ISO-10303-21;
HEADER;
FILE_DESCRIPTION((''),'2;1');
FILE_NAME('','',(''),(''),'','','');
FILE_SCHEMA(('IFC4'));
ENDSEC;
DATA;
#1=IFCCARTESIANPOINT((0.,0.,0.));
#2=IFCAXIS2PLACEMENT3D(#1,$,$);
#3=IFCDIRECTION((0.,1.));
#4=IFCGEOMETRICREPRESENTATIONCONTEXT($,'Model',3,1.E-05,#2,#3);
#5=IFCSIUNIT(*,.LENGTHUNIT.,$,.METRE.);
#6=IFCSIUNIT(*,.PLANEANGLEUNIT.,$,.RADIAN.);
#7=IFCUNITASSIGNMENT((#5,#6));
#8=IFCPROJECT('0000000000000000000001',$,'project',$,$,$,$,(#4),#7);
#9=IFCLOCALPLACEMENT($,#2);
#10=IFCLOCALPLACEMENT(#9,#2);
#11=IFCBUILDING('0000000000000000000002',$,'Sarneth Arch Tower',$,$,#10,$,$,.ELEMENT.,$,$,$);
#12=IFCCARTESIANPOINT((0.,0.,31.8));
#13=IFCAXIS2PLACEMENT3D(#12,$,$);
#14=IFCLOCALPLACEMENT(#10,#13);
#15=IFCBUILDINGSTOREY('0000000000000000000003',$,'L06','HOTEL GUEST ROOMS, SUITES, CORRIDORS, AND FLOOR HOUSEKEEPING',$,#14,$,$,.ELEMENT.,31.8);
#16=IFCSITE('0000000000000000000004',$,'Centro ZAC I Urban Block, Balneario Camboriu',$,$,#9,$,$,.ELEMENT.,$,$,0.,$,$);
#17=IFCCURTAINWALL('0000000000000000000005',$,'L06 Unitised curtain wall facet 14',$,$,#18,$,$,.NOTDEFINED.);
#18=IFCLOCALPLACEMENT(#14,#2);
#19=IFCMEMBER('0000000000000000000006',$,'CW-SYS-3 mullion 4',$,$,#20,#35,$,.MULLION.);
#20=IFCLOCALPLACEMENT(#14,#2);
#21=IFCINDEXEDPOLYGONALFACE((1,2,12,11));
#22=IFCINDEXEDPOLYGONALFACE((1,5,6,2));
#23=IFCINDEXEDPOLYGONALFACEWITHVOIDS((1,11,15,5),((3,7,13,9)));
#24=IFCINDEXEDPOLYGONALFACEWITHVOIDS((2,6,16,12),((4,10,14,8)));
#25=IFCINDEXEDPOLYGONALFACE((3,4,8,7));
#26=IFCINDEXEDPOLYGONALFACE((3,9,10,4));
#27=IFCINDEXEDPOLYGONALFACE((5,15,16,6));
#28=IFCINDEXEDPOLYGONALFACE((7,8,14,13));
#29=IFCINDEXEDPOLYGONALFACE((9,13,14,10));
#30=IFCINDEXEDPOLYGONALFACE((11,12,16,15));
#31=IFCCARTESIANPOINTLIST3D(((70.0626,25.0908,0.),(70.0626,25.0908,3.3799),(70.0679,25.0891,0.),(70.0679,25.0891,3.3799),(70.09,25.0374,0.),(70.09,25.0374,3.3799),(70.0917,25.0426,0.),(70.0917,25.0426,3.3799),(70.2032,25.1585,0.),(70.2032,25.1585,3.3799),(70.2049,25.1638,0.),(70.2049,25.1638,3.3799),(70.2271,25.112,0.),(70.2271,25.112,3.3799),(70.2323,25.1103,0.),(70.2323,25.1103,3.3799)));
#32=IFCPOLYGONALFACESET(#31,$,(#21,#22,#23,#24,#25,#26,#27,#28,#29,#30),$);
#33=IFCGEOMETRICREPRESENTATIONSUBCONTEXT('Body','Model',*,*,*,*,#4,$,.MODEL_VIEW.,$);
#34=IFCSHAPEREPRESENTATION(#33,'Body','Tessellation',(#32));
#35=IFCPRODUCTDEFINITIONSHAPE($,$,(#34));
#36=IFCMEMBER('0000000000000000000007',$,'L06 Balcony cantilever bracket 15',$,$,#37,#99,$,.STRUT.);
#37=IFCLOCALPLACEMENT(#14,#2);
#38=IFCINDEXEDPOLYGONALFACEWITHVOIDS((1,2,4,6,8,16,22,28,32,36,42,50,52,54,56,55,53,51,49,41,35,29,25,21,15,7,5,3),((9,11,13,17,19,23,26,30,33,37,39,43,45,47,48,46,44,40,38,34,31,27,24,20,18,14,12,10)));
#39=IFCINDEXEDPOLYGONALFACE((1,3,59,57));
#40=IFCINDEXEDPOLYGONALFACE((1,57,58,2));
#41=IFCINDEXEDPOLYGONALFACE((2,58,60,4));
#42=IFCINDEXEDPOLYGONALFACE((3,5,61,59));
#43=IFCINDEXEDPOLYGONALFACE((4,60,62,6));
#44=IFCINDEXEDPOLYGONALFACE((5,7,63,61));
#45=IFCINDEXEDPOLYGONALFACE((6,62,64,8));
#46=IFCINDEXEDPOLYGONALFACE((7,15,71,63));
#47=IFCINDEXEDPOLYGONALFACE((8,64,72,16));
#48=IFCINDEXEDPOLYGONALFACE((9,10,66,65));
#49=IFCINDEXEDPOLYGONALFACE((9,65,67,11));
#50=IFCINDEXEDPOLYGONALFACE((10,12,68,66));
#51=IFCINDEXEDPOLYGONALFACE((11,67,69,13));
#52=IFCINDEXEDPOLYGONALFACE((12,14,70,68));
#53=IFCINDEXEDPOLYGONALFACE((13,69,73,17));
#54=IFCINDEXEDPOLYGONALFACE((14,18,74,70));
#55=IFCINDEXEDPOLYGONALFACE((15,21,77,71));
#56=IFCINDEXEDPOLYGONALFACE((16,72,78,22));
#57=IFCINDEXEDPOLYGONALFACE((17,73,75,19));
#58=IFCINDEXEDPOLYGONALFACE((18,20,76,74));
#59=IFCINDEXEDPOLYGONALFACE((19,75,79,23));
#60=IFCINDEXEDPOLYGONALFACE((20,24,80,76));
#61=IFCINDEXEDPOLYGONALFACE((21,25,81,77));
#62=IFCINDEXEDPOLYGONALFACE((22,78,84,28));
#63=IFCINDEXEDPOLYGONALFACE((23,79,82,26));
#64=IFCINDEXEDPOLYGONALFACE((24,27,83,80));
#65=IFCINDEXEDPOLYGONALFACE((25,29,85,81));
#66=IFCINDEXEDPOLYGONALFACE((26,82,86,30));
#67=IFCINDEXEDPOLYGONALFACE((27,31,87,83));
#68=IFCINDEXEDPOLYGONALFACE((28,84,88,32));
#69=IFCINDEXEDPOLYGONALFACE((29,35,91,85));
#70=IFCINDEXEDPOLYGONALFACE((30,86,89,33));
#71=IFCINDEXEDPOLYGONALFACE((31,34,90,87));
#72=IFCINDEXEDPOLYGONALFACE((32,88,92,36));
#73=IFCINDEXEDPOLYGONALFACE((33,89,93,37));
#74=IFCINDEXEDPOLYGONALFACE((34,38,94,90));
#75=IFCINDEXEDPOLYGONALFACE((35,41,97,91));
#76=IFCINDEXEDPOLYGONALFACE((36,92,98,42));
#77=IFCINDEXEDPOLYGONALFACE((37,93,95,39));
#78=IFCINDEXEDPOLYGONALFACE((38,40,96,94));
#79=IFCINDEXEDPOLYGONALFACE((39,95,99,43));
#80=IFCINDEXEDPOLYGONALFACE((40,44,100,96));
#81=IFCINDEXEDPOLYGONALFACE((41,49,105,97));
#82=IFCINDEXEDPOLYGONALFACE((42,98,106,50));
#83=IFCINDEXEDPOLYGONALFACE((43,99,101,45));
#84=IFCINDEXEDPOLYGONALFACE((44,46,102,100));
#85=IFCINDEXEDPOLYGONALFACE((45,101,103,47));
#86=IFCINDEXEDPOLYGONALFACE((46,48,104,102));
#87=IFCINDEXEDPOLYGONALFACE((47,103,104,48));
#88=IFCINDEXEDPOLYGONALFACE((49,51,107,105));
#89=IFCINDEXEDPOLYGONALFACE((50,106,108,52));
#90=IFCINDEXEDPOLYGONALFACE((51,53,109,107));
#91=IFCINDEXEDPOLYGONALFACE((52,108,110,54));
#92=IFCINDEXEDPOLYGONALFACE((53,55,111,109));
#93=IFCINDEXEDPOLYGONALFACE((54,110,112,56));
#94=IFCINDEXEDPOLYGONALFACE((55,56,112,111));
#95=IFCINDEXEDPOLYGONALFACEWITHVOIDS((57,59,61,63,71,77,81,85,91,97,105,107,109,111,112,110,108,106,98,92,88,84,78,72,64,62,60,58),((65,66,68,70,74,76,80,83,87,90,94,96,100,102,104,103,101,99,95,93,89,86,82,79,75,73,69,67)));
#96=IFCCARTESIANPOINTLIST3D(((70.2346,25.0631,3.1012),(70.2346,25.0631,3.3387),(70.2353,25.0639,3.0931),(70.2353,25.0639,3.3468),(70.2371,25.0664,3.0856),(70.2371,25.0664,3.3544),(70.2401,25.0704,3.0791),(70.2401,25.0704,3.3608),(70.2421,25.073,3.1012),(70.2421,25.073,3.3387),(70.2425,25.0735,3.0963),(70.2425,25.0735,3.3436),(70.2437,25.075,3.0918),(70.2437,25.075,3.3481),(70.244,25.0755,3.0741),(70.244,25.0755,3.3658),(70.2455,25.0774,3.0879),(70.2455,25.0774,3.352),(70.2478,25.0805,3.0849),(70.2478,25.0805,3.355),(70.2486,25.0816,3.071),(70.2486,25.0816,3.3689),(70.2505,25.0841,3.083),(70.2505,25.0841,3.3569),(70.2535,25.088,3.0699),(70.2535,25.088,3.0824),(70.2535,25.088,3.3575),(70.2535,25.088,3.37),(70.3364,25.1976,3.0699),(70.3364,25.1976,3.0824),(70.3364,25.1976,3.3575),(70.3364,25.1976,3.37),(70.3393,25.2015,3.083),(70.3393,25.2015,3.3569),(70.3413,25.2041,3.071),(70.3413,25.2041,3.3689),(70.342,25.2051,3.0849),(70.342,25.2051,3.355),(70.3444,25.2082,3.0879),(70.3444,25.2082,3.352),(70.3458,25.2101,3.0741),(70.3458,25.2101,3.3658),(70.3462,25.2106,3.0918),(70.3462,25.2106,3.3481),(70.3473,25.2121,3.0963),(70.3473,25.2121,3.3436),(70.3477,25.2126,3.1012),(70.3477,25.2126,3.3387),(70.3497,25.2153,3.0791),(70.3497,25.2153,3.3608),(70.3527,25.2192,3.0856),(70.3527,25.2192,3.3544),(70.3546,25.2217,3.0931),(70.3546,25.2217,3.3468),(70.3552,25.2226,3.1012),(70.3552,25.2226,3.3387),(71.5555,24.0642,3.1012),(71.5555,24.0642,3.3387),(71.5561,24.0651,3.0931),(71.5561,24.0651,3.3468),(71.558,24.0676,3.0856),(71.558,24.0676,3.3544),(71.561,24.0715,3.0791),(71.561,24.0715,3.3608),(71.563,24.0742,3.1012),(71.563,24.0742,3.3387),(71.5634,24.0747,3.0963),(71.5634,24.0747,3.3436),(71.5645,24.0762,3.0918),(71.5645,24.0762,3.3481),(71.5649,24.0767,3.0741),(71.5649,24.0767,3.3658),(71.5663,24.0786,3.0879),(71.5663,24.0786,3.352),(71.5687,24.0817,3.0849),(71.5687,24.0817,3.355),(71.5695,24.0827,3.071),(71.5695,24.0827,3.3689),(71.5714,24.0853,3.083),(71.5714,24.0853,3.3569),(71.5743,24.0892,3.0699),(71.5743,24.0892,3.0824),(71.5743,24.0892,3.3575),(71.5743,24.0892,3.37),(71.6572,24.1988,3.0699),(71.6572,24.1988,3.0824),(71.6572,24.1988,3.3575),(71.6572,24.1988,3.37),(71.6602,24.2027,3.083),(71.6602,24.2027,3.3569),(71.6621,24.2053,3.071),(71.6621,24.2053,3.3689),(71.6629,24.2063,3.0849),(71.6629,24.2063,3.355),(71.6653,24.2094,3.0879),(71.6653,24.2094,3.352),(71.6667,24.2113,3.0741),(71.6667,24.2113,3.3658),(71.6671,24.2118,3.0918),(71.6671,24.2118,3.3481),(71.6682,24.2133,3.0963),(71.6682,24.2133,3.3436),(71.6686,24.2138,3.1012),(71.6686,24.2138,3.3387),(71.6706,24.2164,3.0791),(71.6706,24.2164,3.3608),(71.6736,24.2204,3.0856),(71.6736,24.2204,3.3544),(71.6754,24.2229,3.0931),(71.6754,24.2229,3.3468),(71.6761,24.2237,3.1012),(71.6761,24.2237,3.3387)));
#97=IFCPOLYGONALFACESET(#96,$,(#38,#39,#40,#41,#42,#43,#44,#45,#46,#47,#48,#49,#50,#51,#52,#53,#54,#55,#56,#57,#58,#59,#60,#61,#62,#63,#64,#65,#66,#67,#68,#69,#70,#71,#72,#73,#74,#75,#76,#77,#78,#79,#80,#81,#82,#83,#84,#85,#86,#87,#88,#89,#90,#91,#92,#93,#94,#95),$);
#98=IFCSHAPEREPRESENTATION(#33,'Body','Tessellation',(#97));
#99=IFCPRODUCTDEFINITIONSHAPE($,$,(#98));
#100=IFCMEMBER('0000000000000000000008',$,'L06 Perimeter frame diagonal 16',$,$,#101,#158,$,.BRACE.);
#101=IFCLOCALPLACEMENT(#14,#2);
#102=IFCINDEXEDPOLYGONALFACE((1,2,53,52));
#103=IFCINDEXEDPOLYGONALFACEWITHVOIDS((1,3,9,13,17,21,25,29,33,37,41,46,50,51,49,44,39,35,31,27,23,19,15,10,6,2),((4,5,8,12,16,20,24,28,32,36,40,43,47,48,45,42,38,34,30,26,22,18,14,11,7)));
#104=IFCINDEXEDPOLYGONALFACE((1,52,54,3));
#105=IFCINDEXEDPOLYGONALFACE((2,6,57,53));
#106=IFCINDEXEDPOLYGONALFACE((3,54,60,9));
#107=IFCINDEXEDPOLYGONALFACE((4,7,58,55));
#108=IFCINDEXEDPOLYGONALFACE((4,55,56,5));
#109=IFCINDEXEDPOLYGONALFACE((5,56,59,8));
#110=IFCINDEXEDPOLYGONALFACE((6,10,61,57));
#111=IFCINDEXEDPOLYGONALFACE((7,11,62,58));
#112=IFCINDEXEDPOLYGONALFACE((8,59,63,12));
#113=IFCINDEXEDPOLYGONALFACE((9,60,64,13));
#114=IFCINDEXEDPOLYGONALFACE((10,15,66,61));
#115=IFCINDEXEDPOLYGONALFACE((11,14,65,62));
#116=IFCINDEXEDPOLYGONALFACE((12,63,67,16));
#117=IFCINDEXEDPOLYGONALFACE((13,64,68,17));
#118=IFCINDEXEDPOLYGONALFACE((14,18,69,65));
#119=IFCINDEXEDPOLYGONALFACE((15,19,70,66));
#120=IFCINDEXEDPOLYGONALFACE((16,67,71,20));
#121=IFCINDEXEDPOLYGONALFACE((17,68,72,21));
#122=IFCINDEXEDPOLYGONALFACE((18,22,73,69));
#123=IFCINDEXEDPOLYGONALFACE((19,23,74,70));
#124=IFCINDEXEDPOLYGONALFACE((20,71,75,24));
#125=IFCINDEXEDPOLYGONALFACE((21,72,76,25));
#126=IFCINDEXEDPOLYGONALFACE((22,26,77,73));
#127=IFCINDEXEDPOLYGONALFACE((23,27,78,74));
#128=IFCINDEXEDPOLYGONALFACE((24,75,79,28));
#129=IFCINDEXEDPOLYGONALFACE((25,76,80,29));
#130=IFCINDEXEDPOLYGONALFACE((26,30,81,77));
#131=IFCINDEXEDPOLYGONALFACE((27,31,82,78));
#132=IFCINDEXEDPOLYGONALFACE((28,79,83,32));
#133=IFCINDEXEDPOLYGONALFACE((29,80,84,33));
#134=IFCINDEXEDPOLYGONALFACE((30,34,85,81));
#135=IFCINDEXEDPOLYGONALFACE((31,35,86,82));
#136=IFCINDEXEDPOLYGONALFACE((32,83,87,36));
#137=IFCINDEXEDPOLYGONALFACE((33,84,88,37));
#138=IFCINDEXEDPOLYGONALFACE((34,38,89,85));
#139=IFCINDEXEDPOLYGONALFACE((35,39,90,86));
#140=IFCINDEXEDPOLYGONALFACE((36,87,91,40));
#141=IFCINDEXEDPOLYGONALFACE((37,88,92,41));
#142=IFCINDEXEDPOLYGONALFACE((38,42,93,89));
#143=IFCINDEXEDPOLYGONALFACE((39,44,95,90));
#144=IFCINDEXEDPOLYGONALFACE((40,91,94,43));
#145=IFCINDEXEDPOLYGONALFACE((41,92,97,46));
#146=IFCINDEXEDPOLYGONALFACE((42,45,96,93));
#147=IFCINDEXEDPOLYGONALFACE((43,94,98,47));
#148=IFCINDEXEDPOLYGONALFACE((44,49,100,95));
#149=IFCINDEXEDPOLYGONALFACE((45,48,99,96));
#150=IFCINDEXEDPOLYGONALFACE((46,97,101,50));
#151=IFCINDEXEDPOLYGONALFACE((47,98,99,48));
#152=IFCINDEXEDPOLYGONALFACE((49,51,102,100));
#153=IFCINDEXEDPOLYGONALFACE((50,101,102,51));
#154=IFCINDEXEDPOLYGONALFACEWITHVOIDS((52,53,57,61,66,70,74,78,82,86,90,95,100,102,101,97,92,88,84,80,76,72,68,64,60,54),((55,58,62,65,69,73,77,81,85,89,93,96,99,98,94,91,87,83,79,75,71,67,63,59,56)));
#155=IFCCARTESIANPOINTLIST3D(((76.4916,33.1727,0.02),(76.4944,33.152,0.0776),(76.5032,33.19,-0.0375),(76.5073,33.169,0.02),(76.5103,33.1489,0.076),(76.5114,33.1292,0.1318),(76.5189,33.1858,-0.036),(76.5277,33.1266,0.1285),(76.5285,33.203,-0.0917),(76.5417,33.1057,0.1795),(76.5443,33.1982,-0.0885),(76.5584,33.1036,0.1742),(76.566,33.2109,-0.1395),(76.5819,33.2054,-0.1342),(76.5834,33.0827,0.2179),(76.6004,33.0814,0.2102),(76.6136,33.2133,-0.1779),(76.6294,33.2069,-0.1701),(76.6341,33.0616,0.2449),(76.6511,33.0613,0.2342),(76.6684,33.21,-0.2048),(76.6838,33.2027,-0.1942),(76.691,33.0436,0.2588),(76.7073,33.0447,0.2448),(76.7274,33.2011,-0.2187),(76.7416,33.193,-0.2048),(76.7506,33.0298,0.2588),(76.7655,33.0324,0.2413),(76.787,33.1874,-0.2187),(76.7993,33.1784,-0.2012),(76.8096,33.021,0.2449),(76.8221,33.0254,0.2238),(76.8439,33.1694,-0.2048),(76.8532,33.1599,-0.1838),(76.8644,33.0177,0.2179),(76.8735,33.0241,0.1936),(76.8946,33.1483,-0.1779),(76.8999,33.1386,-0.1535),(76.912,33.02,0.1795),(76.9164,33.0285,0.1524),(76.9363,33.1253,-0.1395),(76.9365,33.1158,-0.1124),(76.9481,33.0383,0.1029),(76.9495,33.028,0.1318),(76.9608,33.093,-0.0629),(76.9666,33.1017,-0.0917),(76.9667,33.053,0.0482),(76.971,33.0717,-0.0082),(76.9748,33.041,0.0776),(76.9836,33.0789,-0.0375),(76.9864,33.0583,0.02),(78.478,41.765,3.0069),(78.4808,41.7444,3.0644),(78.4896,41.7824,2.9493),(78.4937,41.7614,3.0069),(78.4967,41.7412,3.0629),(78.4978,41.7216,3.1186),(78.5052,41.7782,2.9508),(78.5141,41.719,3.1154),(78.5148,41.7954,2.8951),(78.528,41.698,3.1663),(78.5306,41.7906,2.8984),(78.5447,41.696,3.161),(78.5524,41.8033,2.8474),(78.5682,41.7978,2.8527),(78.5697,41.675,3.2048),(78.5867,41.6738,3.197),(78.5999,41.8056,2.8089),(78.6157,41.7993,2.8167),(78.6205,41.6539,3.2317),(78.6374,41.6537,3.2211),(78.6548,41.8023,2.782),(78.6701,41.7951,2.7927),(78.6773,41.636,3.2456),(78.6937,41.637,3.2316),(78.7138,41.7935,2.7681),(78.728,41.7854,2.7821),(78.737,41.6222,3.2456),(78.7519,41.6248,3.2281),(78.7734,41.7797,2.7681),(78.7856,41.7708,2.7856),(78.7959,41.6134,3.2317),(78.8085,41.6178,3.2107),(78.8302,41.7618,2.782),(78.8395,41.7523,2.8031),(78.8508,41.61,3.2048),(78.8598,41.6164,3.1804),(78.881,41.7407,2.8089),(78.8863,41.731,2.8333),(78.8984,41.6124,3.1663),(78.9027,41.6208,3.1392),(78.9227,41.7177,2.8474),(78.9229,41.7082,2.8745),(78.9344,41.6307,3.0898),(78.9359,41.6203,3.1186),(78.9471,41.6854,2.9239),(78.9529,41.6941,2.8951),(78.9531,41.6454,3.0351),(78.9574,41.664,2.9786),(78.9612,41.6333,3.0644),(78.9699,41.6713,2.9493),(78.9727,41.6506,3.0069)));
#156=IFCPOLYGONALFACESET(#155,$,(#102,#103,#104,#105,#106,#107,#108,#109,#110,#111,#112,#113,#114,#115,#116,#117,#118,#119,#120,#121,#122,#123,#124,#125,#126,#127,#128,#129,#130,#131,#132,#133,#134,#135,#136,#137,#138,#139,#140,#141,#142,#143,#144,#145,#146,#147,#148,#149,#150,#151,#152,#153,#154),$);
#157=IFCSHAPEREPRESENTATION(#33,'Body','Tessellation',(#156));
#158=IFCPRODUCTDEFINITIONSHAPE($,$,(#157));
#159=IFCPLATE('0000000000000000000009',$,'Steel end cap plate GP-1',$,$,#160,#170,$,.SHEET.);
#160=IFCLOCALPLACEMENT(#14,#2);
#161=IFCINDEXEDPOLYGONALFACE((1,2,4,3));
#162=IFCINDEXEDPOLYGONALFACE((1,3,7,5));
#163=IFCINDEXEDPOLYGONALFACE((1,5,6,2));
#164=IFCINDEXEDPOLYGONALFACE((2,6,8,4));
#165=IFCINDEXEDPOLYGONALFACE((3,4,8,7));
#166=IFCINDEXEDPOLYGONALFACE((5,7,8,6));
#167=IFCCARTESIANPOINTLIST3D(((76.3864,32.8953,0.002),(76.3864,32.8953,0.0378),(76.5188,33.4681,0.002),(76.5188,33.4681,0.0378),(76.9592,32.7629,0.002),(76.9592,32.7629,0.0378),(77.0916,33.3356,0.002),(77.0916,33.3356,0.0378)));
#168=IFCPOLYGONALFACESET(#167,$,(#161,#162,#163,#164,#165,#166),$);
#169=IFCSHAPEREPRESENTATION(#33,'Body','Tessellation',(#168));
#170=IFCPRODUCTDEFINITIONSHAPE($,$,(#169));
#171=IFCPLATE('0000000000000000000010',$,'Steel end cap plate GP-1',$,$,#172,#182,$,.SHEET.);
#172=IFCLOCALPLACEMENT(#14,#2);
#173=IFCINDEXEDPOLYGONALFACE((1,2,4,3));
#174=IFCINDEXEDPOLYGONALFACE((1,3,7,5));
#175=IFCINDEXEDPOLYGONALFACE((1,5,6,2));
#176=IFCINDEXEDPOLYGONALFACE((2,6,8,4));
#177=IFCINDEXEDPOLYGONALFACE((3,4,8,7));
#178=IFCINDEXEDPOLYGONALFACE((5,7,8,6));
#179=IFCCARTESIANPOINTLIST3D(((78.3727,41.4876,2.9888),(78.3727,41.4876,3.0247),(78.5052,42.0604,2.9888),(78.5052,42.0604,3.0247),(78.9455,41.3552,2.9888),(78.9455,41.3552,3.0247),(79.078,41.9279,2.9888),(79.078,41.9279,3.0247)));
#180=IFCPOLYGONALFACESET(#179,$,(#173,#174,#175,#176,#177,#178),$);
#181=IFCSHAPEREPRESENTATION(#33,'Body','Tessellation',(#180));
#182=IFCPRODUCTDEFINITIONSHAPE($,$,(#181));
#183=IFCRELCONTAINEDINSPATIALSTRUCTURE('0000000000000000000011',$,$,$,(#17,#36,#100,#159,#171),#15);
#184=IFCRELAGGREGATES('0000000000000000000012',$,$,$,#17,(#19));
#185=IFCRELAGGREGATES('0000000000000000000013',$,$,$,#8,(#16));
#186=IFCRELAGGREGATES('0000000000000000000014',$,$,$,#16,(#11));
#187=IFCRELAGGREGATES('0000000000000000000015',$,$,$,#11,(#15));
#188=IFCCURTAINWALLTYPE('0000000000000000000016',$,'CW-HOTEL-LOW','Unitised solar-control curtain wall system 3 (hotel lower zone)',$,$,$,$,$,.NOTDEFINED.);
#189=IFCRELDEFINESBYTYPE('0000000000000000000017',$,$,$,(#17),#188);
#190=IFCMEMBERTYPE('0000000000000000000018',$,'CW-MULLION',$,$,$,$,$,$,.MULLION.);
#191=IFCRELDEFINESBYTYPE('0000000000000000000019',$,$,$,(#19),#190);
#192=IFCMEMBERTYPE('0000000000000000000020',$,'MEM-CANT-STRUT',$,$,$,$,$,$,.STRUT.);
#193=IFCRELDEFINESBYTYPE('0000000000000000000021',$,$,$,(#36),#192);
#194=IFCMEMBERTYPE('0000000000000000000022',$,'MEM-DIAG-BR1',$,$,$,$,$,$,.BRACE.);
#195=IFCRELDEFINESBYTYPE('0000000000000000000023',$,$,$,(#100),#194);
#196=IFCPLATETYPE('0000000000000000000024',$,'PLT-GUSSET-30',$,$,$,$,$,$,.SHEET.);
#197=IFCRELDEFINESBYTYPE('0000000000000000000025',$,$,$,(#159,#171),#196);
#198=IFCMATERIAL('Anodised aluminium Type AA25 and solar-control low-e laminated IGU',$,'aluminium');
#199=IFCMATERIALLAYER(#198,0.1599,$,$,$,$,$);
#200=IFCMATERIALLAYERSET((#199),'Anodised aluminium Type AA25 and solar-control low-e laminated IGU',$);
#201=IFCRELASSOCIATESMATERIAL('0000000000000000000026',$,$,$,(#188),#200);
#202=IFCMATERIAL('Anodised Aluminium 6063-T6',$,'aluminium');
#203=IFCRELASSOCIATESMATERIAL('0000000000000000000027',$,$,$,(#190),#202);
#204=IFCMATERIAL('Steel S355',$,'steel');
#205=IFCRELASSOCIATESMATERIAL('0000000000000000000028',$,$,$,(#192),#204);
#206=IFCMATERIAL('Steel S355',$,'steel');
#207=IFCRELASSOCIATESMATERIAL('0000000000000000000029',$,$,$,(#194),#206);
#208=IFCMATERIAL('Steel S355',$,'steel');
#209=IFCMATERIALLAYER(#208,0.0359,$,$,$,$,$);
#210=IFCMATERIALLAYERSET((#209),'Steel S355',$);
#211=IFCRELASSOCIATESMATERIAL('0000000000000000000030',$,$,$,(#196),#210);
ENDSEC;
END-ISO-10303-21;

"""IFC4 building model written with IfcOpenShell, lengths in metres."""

from ifc_helpers import new_model, si_unit, direction, frame, origin, origin_2d, place, context, subcontext, project, spatial, rectangle, hollow_rectangle, hollow_circle, extrude, material, layer, layer_set, material_profile, profile_set, type_object, element, aggregate, save


model = new_model("IFC4")

# Units and contexts
model_context = context("Model", 3, precision=1e-05, world=origin(), true_north=direction((0.0, 1.0)))
body_context = subcontext(model_context, "Body", "Model", "MODEL_VIEW")
ifc_project = project(units=[si_unit("LENGTHUNIT", "METRE"), si_unit("PLANEANGLEUNIT", "RADIAN")], contexts=[model_context])

# Site, building, storey
site_placement = place(None, origin())
site = spatial("IfcSite", under=ifc_project, at=site_placement, Name="Centro ZAC I Urban Block, Balneario Camboriu", CompositionType="ELEMENT", RefElevation=0.0)
building_placement = place(site_placement, origin())
building = spatial("IfcBuilding", under=site, at=building_placement, Name="Sarneth Arch Tower", CompositionType="ELEMENT")
storey_placement = place(building_placement, frame((0.0, 0.0, 31.8)))
storey = spatial("IfcBuildingStorey", under=building, at=storey_placement, Name="L06", Description="HOTEL GUEST ROOMS, SUITES, CORRIDORS, AND FLOOR HOUSEKEEPING", CompositionType="ELEMENT", Elevation=31.8)

# Curtain wall, member
ifc_material_1 = material(Name="Anodised aluminium Type AA25 and solar-control low-e laminated IGU", Category="aluminium")
ifc_layer_1 = layer(ifc_material_1, 0.1599)
ifc_layer_set_1 = layer_set([ifc_layer_1], Name="Anodised aluminium Type AA25 and solar-control low-e laminated IGU")
curtain_wall_type = type_object("IfcCurtainWallType", Name="CW-HOTEL-LOW", Description="Unitised solar-control curtain wall system 3 (hotel lower zone)", PredefinedType="NOTDEFINED", material=ifc_layer_set_1)
curtain_wall_placement = place(storey_placement, origin())
curtain_wall = element("IfcCurtainWall", 1, at=curtain_wall_placement, inside=storey, type_object=curtain_wall_type, Name="L06 Unitised curtain wall facet 14", PredefinedType="NOTDEFINED")
ifc_material_2 = material(Name="Anodised Aluminium 6063-T6", Category="aluminium")
ifc_material_profile_1 = material_profile(ifc_material_2, hollow_rectangle(XDim=0.0601, YDim=0.1599, WallThickness=0.0039, at=origin_2d()), Name="AL-MULL-160x60x4")
ifc_profile_set_1 = profile_set([ifc_material_profile_1], Name="Anodised Aluminium 6063-T6")
member_type_1 = type_object("IfcMemberType", Name="CW-MULLION", PredefinedType="MULLION", material=ifc_profile_set_1)
member_1_placement = place(storey_placement, frame((70.1475, 25.1006, 0.0), z_axis=(0.0, 0.0, 1.0), x_axis=(-0.456245, 0.889854, 0.0)))
member_1 = element("IfcMember", 2, at=member_1_placement, type_object=member_type_1, Name="CW-SYS-3 mullion 4", PredefinedType="MULLION", context=body_context, shape_type="SweptSolid", body=[
    extrude(hollow_rectangle(XDim=0.0601, YDim=0.1599, WallThickness=0.0039, at=origin_2d()), origin(), (0.0, 0.0, 1.0), 3.3799),
])
aggregate(curtain_wall, [member_1])

# Members
ifc_material_3 = material(Name="Steel S355", Category="steel")
ifc_material_profile_2 = material_profile(ifc_material_3, hollow_rectangle(XDim=0.2, YDim=0.3, WallThickness=0.0125, InnerFilletRadius=0.0188, OuterFilletRadius=0.0312, at=origin_2d()), Name="RHS300x200x12.5")
ifc_profile_set_2 = profile_set([ifc_material_profile_2], Name="Steel S355")
member_type_2 = type_object("IfcMemberType", Name="MEM-CANT-STRUT", PredefinedType="STRUT", material=ifc_profile_set_2)
member_2_placement = place(storey_placement, frame((70.2949, 25.1428, 3.22), z_axis=(0.797623, -0.603156, 0.0), x_axis=(0.603156, 0.797623, 0.0)))
element("IfcMember", 3, at=member_2_placement, inside=storey, type_object=member_type_2, Name="L06 Balcony cantilever bracket 15", PredefinedType="STRUT", context=body_context, shape_type="SweptSolid", body=[
    extrude(hollow_rectangle(XDim=0.2, YDim=0.3, WallThickness=0.0125, InnerFilletRadius=0.0188, OuterFilletRadius=0.0312, at=origin_2d()), origin(), (0.0, 0.0, 1.0), 1.656),
])
ifc_material_4 = material(Name="Steel S355", Category="steel")
ifc_material_profile_3 = material_profile(ifc_material_4, hollow_circle(Radius=0.2539, WallThickness=0.0161, at=origin_2d()), Name="CHS508x16")
ifc_profile_set_3 = profile_set([ifc_material_profile_3], Name="Steel S355")
member_type_3 = type_object("IfcMemberType", Name="MEM-DIAG-BR1", PredefinedType="BRACE", material=ifc_profile_set_3)
member_3_placement = place(storey_placement, frame((76.739, 33.1155, 0.02), z_axis=(0.213332, 0.922814, 0.320785), x_axis=(-0.974304, 0.225236, 0.0)))
element("IfcMember", 4, at=member_3_placement, inside=storey, type_object=member_type_3, Name="L06 Perimeter frame diagonal 16", PredefinedType="BRACE", context=body_context, shape_type="SweptSolid", body=[
    extrude(hollow_circle(Radius=0.2539, WallThickness=0.0161, at=origin_2d()), origin(), (0.0, 0.0, 1.0), 9.311),
])

# Plates
ifc_material_5 = material(Name="Steel S355", Category="steel")
ifc_layer_2 = layer(ifc_material_5, 0.0359)
ifc_layer_set_2 = layer_set([ifc_layer_2], Name="Steel S355")
plate_type = type_object("IfcPlateType", Name="PLT-GUSSET-30", PredefinedType="SHEET", material=ifc_layer_set_2)
for number, where, z_axis, x_axis, name in (
    (5, (76.739, 33.1155, 0.002), (0.0, 0.0, 1.0), (0.225291, 0.974291, 0.0), "Steel end cap plate GP-1"),
    (6, (78.7253, 41.7078, 2.9888), (0.0, 0.0, 1.0), (0.225291, 0.974291, 0.0), "Steel end cap plate GP-1"),
):
    element("IfcPlate", number, at=place(storey_placement, frame(where, z_axis=z_axis, x_axis=x_axis)), inside=storey, type_object=plate_type, Name=name, PredefinedType="SHEET", context=body_context, shape_type="SweptSolid", body=[
        extrude(rectangle(XDim=0.5879, YDim=0.5879, at=origin_2d()), origin(), (0.0, 0.0, 1.0), 0.0359),
    ])

save(model, "model.ifc")
